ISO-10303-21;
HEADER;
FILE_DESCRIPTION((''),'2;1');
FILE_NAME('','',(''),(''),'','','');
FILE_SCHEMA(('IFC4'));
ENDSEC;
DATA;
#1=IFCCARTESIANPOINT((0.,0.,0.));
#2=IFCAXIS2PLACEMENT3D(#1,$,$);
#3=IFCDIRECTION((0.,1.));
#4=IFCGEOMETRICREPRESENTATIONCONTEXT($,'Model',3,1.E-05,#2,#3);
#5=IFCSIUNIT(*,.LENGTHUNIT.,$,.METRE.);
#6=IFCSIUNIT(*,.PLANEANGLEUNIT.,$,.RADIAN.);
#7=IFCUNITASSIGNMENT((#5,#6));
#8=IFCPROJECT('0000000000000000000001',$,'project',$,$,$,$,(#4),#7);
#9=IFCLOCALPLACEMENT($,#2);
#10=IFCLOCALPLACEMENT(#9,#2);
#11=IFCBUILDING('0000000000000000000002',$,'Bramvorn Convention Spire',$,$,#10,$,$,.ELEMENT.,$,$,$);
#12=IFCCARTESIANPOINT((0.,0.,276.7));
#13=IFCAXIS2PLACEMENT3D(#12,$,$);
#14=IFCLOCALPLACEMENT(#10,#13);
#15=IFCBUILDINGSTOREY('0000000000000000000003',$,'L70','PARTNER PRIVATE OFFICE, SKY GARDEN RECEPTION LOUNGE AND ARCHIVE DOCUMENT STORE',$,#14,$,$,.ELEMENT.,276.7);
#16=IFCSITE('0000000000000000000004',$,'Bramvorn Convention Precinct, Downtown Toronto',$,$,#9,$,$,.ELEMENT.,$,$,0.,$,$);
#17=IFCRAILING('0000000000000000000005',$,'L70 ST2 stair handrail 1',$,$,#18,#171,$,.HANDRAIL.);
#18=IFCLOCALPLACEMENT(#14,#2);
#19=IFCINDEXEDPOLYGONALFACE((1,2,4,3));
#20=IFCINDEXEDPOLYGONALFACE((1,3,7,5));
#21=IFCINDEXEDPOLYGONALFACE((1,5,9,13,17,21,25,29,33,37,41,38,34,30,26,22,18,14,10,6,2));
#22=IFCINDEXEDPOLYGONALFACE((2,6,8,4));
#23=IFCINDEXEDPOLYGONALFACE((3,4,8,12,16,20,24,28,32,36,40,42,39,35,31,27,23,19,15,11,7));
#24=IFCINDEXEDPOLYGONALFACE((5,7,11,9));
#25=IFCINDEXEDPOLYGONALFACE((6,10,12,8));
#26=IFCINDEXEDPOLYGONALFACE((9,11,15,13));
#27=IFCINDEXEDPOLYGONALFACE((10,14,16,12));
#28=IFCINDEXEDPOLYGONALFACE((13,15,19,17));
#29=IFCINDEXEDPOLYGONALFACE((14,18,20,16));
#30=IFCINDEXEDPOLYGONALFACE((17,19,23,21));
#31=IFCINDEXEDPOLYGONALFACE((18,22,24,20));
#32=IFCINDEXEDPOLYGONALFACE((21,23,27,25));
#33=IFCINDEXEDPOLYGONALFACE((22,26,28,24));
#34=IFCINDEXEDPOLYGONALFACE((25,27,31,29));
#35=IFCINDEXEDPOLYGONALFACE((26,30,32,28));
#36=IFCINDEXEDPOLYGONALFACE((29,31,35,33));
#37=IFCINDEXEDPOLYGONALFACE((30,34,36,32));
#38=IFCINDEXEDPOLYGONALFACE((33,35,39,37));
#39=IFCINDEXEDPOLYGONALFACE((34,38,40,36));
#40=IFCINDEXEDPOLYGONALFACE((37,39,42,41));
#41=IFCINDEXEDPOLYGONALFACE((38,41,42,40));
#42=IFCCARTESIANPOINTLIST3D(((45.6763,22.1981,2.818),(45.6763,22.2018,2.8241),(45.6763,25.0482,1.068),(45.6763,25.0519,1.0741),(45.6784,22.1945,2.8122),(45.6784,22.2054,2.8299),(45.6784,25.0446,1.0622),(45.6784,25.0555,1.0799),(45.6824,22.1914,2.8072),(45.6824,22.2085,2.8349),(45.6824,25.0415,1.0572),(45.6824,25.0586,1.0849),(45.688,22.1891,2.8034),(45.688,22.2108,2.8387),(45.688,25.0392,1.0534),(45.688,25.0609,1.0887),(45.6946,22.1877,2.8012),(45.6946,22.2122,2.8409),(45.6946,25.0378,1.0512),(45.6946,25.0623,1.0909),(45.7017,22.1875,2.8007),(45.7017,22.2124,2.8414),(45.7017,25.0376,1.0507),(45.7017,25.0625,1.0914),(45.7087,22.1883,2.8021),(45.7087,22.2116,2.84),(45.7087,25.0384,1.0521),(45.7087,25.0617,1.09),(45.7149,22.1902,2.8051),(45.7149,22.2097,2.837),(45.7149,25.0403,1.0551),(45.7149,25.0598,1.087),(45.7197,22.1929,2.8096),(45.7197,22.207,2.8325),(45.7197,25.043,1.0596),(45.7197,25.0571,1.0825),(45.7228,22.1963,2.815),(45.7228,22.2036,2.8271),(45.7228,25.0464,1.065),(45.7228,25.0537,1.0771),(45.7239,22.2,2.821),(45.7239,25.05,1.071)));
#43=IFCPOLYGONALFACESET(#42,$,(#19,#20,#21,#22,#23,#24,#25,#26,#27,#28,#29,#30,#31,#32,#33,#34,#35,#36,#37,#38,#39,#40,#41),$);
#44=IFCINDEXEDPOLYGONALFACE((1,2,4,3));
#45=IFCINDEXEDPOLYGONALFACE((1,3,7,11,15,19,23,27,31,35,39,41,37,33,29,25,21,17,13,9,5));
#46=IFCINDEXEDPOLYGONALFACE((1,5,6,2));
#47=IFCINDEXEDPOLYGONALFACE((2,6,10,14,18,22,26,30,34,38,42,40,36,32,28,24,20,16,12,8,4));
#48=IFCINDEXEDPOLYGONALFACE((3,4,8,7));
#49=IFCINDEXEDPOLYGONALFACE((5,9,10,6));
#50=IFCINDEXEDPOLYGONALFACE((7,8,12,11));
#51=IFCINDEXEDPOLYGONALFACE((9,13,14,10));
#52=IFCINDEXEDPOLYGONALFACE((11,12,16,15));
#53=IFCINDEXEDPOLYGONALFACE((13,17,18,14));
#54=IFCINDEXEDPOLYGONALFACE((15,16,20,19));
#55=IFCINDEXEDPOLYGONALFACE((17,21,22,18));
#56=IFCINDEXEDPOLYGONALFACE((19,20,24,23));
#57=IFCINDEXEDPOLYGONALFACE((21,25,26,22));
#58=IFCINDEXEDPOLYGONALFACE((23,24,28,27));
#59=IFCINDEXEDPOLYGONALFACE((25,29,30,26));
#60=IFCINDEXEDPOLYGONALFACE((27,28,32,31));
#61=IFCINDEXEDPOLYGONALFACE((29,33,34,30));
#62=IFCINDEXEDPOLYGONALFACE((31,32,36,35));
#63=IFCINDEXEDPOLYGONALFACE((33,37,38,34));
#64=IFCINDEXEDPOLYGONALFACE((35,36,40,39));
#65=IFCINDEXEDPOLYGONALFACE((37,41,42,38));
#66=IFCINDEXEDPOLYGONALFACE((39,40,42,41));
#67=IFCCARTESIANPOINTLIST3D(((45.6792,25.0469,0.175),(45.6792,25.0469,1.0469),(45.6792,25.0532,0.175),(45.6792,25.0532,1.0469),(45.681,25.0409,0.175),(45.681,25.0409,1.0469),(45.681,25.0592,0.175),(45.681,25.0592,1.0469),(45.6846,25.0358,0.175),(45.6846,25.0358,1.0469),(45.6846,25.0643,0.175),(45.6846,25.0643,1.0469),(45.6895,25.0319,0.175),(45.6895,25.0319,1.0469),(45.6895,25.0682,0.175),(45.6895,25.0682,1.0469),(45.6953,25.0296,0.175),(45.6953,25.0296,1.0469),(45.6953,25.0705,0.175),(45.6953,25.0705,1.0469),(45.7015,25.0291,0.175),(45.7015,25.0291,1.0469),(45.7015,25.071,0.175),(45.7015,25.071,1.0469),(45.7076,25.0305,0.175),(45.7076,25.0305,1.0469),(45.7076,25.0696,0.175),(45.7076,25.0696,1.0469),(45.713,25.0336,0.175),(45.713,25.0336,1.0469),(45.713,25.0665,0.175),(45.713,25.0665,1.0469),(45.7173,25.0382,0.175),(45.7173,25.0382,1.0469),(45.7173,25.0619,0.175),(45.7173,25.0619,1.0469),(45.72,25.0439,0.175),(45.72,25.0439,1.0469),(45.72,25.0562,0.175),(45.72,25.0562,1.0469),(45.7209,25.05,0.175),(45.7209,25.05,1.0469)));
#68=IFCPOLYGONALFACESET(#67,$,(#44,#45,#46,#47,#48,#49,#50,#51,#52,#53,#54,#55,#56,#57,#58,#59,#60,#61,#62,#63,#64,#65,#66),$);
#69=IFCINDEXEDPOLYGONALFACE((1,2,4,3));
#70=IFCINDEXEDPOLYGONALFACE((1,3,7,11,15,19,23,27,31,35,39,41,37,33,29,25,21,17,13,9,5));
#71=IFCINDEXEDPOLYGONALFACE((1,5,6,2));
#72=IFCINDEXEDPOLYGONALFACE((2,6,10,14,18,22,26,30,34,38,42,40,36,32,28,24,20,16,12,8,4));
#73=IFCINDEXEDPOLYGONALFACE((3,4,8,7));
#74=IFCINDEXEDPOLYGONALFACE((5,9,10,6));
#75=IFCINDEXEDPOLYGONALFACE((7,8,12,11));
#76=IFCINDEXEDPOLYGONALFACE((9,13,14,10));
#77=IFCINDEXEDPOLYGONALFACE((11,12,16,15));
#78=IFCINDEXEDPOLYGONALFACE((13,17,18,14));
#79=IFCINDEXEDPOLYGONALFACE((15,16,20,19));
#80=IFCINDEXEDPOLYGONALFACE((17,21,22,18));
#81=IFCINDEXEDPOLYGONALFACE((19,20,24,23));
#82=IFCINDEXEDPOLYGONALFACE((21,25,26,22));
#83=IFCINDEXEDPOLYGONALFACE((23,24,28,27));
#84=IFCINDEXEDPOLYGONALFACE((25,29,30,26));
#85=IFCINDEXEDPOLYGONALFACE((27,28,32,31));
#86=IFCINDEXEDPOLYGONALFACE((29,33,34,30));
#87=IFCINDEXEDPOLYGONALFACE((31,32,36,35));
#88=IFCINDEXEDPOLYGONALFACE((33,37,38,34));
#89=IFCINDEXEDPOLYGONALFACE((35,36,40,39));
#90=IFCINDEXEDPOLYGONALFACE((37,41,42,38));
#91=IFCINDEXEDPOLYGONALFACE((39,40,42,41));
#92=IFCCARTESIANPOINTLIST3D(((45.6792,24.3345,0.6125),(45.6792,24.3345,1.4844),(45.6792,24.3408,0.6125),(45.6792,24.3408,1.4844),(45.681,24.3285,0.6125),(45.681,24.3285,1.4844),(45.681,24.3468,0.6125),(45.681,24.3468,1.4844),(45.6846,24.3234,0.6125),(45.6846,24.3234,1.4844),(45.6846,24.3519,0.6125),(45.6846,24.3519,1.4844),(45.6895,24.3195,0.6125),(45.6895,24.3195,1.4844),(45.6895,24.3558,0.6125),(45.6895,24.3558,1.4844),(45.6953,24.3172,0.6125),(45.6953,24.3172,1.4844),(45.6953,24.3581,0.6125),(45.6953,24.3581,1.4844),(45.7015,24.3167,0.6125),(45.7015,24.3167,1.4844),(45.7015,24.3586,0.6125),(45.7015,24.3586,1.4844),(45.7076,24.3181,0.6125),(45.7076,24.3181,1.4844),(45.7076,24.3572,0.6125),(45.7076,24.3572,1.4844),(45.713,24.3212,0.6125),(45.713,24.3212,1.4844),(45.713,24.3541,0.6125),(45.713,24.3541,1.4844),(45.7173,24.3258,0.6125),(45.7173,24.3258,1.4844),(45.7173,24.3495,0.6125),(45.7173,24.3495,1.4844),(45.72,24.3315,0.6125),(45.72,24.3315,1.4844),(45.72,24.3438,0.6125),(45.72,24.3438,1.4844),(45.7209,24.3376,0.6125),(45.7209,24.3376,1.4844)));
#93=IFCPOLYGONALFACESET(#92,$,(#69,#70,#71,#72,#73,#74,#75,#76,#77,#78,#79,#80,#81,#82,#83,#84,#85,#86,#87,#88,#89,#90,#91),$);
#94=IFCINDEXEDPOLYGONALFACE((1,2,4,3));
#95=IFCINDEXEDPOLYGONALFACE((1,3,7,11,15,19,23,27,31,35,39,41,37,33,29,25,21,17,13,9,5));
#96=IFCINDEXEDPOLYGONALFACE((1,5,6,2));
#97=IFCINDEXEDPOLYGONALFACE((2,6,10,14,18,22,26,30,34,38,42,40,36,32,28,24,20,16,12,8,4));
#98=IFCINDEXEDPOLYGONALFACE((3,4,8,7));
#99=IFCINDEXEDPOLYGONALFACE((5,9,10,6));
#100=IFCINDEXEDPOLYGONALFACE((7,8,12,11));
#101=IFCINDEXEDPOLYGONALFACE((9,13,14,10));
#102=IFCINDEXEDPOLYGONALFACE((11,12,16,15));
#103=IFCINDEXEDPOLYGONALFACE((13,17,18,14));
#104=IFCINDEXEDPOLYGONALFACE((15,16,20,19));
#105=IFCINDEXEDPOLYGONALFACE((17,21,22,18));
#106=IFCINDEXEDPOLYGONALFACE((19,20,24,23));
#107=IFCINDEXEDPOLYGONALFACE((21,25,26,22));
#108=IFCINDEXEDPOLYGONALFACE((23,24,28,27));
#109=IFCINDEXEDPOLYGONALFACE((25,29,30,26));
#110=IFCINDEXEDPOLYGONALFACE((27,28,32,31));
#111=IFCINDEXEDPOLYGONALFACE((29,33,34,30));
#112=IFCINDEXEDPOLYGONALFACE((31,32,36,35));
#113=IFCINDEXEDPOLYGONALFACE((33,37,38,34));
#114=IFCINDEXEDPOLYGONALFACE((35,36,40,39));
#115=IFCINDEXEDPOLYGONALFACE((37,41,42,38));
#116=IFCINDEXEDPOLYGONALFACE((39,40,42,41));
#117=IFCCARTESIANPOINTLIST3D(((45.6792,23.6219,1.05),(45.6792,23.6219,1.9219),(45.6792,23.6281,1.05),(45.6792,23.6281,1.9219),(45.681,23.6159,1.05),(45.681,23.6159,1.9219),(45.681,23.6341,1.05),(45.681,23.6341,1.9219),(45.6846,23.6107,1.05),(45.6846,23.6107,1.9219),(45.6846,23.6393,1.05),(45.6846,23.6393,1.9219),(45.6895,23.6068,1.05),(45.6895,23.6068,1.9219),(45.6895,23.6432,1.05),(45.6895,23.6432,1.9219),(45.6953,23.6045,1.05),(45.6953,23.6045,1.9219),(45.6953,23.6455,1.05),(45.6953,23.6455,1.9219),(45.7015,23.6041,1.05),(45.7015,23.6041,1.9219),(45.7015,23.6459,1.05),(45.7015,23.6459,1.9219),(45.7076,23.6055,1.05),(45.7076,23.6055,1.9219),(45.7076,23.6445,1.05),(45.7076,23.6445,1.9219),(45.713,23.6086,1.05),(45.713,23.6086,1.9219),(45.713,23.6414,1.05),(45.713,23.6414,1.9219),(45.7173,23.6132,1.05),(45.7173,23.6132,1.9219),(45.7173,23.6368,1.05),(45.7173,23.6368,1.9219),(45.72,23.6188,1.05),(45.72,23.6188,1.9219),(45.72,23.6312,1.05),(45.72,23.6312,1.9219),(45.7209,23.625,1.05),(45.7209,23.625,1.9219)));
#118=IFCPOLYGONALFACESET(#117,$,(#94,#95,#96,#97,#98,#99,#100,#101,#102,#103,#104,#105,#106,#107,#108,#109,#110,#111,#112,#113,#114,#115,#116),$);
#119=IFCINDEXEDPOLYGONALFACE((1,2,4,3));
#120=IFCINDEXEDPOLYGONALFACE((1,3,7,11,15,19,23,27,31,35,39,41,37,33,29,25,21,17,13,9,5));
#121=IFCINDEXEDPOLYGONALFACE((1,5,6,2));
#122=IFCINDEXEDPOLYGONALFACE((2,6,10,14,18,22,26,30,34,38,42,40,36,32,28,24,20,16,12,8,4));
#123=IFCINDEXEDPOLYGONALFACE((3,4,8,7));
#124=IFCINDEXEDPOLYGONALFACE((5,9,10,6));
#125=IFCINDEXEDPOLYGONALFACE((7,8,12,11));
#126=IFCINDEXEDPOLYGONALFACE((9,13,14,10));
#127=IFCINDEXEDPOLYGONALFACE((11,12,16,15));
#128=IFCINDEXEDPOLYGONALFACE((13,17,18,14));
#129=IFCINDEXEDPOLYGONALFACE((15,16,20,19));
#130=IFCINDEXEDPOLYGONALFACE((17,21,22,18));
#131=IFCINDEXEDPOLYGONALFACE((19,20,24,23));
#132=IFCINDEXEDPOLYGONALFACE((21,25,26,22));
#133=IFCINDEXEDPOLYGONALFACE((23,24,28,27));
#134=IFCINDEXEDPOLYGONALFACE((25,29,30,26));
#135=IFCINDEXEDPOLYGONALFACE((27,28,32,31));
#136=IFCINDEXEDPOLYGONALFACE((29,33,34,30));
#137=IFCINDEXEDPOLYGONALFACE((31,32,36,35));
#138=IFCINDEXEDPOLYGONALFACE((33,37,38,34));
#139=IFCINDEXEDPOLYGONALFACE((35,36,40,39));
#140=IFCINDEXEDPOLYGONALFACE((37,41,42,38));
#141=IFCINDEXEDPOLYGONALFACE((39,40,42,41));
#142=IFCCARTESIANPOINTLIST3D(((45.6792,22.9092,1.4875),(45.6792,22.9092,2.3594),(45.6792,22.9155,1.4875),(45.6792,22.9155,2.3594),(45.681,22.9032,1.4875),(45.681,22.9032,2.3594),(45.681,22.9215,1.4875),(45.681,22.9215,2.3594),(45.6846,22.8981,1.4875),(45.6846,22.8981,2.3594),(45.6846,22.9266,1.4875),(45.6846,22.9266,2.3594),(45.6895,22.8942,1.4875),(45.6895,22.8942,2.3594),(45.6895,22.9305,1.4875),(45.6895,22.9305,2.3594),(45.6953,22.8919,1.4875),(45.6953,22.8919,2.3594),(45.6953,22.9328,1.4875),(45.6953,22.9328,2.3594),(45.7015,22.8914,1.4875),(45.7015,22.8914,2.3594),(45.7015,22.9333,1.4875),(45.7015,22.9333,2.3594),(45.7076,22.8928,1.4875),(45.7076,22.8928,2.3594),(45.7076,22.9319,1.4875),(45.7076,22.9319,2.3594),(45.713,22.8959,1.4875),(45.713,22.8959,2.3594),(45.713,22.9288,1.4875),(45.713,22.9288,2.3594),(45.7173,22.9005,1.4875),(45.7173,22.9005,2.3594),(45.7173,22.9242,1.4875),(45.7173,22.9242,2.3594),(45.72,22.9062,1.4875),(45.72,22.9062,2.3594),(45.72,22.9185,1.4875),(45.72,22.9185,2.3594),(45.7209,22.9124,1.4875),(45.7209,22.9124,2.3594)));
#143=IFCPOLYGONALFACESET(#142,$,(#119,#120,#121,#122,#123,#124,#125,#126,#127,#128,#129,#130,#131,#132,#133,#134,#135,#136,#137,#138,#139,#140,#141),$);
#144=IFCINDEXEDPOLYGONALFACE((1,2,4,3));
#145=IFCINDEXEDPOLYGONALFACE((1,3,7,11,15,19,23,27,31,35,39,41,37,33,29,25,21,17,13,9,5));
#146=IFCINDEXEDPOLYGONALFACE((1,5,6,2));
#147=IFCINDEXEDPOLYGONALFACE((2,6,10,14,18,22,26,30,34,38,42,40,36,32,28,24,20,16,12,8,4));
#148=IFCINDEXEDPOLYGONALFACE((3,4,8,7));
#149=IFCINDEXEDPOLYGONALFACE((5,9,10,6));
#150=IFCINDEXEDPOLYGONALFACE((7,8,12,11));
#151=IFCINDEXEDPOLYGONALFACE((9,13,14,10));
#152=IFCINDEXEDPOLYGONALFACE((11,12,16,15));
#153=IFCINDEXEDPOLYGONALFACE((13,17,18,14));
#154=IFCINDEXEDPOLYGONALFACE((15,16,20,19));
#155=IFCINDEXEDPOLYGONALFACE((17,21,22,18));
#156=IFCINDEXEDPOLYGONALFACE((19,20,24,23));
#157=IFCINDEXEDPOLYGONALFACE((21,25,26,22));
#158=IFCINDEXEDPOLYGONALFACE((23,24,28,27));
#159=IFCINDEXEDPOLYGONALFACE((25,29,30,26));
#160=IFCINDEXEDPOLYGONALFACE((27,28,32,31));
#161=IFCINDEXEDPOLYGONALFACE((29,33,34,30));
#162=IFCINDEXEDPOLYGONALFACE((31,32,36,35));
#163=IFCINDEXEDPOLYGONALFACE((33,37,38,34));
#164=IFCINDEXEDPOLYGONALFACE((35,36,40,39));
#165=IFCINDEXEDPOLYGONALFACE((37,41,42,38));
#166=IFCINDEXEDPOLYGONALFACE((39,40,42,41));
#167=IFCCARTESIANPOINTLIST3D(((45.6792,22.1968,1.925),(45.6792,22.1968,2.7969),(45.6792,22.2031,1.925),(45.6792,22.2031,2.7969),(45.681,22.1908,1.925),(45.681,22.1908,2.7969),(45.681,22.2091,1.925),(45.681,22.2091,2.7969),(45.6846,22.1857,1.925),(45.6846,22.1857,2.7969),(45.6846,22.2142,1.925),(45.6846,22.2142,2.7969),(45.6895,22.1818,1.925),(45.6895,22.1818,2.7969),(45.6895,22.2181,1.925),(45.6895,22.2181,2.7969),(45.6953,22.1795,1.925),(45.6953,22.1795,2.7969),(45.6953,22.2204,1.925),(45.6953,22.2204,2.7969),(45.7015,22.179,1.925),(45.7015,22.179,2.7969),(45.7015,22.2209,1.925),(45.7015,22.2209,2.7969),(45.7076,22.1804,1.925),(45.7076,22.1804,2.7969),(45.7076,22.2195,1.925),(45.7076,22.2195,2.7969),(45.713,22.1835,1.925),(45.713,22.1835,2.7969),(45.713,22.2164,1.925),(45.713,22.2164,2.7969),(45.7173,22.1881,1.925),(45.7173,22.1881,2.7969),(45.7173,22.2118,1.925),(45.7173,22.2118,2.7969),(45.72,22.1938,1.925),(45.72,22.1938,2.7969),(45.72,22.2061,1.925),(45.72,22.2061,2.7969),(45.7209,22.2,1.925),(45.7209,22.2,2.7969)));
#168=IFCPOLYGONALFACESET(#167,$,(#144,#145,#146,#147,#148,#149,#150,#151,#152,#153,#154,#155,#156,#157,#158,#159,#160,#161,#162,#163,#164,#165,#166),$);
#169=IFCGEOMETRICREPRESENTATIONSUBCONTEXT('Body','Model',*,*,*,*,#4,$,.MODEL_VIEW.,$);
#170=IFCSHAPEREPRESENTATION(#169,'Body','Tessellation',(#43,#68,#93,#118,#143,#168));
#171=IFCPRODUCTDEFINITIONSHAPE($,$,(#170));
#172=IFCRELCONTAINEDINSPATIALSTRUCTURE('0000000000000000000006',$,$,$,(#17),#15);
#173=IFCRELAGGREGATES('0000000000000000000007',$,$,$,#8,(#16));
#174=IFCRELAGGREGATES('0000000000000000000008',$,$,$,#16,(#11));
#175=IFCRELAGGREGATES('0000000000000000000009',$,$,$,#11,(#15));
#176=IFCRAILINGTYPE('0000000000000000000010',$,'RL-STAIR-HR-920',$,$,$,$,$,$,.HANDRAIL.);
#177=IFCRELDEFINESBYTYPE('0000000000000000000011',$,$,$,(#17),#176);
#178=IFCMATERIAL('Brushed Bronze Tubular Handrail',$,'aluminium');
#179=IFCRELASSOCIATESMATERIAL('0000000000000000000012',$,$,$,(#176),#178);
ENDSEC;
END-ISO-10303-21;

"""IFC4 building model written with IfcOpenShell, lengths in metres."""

from ifc_helpers import new_model, si_unit, direction, frame, origin, origin_2d, place, context, subcontext, project, spatial, circle, extrude, material, type_object, element, save


model = new_model("IFC4")

# Units and contexts
model_context = context("Model", 3, precision=1e-05, world=origin(), true_north=direction((0.0, 1.0)))
body_context = subcontext(model_context, "Body", "Model", "MODEL_VIEW")
ifc_project = project(units=[si_unit("LENGTHUNIT", "METRE"), si_unit("PLANEANGLEUNIT", "RADIAN")], contexts=[model_context])

# Site, building, storey
site_placement = place(None, origin())
site = spatial("IfcSite", under=ifc_project, at=site_placement, Name="Bramvorn Convention Precinct, Downtown Toronto", CompositionType="ELEMENT", RefElevation=0.0)
building_placement = place(site_placement, origin())
building = spatial("IfcBuilding", under=site, at=building_placement, Name="Bramvorn Convention Spire", CompositionType="ELEMENT")
storey_placement = place(building_placement, frame((0.0, 0.0, 276.7)))
storey = spatial("IfcBuildingStorey", under=building, at=storey_placement, Name="L70", Description="PARTNER PRIVATE OFFICE, SKY GARDEN RECEPTION LOUNGE AND ARCHIVE DOCUMENT STORE", CompositionType="ELEMENT", Elevation=276.7)

# Railing
ifc_material_1 = material(Name="Brushed Bronze Tubular Handrail", Category="aluminium")
railing_type_1 = type_object("IfcRailingType", Name="RL-STAIR-HR-920", PredefinedType="HANDRAIL", material=ifc_material_1)
railing_1_placement = place(storey_placement, frame((45.7, 25.05, 0.175)))
element("IfcRailing", 1, at=railing_1_placement, inside=storey, type_object=railing_type_1, Name="L70 ST2 stair handrail 1", PredefinedType="HANDRAIL", context=body_context, shape_type="SweptSolid", body=[
    extrude(circle(Radius=0.0239, at=origin_2d()), frame((0.0, 0.0, 0.896), z_axis=(0.0, -0.852179, 0.52325), x_axis=(1.0, 0.0, 0.0)), (0.0, 0.0, 1.0), 3.3445),
    extrude(circle(Radius=0.021, at=origin_2d()), origin(), (0.0, 0.0, 1.0), 0.8718),
    extrude(circle(Radius=0.021, at=origin_2d()), frame((0.0, -0.7124, 0.4375)), (0.0, 0.0, 1.0), 0.8718),
    extrude(circle(Radius=0.021, at=origin_2d()), frame((0.0, -1.425, 0.875)), (0.0, 0.0, 1.0), 0.8718),
    extrude(circle(Radius=0.021, at=origin_2d()), frame((0.0, -2.1377, 1.3125)), (0.0, 0.0, 1.0), 0.8718),
    extrude(circle(Radius=0.021, at=origin_2d()), frame((0.0, -2.8501, 1.75)), (0.0, 0.0, 1.0), 0.8718),
])

save(model, "model.ifc")
